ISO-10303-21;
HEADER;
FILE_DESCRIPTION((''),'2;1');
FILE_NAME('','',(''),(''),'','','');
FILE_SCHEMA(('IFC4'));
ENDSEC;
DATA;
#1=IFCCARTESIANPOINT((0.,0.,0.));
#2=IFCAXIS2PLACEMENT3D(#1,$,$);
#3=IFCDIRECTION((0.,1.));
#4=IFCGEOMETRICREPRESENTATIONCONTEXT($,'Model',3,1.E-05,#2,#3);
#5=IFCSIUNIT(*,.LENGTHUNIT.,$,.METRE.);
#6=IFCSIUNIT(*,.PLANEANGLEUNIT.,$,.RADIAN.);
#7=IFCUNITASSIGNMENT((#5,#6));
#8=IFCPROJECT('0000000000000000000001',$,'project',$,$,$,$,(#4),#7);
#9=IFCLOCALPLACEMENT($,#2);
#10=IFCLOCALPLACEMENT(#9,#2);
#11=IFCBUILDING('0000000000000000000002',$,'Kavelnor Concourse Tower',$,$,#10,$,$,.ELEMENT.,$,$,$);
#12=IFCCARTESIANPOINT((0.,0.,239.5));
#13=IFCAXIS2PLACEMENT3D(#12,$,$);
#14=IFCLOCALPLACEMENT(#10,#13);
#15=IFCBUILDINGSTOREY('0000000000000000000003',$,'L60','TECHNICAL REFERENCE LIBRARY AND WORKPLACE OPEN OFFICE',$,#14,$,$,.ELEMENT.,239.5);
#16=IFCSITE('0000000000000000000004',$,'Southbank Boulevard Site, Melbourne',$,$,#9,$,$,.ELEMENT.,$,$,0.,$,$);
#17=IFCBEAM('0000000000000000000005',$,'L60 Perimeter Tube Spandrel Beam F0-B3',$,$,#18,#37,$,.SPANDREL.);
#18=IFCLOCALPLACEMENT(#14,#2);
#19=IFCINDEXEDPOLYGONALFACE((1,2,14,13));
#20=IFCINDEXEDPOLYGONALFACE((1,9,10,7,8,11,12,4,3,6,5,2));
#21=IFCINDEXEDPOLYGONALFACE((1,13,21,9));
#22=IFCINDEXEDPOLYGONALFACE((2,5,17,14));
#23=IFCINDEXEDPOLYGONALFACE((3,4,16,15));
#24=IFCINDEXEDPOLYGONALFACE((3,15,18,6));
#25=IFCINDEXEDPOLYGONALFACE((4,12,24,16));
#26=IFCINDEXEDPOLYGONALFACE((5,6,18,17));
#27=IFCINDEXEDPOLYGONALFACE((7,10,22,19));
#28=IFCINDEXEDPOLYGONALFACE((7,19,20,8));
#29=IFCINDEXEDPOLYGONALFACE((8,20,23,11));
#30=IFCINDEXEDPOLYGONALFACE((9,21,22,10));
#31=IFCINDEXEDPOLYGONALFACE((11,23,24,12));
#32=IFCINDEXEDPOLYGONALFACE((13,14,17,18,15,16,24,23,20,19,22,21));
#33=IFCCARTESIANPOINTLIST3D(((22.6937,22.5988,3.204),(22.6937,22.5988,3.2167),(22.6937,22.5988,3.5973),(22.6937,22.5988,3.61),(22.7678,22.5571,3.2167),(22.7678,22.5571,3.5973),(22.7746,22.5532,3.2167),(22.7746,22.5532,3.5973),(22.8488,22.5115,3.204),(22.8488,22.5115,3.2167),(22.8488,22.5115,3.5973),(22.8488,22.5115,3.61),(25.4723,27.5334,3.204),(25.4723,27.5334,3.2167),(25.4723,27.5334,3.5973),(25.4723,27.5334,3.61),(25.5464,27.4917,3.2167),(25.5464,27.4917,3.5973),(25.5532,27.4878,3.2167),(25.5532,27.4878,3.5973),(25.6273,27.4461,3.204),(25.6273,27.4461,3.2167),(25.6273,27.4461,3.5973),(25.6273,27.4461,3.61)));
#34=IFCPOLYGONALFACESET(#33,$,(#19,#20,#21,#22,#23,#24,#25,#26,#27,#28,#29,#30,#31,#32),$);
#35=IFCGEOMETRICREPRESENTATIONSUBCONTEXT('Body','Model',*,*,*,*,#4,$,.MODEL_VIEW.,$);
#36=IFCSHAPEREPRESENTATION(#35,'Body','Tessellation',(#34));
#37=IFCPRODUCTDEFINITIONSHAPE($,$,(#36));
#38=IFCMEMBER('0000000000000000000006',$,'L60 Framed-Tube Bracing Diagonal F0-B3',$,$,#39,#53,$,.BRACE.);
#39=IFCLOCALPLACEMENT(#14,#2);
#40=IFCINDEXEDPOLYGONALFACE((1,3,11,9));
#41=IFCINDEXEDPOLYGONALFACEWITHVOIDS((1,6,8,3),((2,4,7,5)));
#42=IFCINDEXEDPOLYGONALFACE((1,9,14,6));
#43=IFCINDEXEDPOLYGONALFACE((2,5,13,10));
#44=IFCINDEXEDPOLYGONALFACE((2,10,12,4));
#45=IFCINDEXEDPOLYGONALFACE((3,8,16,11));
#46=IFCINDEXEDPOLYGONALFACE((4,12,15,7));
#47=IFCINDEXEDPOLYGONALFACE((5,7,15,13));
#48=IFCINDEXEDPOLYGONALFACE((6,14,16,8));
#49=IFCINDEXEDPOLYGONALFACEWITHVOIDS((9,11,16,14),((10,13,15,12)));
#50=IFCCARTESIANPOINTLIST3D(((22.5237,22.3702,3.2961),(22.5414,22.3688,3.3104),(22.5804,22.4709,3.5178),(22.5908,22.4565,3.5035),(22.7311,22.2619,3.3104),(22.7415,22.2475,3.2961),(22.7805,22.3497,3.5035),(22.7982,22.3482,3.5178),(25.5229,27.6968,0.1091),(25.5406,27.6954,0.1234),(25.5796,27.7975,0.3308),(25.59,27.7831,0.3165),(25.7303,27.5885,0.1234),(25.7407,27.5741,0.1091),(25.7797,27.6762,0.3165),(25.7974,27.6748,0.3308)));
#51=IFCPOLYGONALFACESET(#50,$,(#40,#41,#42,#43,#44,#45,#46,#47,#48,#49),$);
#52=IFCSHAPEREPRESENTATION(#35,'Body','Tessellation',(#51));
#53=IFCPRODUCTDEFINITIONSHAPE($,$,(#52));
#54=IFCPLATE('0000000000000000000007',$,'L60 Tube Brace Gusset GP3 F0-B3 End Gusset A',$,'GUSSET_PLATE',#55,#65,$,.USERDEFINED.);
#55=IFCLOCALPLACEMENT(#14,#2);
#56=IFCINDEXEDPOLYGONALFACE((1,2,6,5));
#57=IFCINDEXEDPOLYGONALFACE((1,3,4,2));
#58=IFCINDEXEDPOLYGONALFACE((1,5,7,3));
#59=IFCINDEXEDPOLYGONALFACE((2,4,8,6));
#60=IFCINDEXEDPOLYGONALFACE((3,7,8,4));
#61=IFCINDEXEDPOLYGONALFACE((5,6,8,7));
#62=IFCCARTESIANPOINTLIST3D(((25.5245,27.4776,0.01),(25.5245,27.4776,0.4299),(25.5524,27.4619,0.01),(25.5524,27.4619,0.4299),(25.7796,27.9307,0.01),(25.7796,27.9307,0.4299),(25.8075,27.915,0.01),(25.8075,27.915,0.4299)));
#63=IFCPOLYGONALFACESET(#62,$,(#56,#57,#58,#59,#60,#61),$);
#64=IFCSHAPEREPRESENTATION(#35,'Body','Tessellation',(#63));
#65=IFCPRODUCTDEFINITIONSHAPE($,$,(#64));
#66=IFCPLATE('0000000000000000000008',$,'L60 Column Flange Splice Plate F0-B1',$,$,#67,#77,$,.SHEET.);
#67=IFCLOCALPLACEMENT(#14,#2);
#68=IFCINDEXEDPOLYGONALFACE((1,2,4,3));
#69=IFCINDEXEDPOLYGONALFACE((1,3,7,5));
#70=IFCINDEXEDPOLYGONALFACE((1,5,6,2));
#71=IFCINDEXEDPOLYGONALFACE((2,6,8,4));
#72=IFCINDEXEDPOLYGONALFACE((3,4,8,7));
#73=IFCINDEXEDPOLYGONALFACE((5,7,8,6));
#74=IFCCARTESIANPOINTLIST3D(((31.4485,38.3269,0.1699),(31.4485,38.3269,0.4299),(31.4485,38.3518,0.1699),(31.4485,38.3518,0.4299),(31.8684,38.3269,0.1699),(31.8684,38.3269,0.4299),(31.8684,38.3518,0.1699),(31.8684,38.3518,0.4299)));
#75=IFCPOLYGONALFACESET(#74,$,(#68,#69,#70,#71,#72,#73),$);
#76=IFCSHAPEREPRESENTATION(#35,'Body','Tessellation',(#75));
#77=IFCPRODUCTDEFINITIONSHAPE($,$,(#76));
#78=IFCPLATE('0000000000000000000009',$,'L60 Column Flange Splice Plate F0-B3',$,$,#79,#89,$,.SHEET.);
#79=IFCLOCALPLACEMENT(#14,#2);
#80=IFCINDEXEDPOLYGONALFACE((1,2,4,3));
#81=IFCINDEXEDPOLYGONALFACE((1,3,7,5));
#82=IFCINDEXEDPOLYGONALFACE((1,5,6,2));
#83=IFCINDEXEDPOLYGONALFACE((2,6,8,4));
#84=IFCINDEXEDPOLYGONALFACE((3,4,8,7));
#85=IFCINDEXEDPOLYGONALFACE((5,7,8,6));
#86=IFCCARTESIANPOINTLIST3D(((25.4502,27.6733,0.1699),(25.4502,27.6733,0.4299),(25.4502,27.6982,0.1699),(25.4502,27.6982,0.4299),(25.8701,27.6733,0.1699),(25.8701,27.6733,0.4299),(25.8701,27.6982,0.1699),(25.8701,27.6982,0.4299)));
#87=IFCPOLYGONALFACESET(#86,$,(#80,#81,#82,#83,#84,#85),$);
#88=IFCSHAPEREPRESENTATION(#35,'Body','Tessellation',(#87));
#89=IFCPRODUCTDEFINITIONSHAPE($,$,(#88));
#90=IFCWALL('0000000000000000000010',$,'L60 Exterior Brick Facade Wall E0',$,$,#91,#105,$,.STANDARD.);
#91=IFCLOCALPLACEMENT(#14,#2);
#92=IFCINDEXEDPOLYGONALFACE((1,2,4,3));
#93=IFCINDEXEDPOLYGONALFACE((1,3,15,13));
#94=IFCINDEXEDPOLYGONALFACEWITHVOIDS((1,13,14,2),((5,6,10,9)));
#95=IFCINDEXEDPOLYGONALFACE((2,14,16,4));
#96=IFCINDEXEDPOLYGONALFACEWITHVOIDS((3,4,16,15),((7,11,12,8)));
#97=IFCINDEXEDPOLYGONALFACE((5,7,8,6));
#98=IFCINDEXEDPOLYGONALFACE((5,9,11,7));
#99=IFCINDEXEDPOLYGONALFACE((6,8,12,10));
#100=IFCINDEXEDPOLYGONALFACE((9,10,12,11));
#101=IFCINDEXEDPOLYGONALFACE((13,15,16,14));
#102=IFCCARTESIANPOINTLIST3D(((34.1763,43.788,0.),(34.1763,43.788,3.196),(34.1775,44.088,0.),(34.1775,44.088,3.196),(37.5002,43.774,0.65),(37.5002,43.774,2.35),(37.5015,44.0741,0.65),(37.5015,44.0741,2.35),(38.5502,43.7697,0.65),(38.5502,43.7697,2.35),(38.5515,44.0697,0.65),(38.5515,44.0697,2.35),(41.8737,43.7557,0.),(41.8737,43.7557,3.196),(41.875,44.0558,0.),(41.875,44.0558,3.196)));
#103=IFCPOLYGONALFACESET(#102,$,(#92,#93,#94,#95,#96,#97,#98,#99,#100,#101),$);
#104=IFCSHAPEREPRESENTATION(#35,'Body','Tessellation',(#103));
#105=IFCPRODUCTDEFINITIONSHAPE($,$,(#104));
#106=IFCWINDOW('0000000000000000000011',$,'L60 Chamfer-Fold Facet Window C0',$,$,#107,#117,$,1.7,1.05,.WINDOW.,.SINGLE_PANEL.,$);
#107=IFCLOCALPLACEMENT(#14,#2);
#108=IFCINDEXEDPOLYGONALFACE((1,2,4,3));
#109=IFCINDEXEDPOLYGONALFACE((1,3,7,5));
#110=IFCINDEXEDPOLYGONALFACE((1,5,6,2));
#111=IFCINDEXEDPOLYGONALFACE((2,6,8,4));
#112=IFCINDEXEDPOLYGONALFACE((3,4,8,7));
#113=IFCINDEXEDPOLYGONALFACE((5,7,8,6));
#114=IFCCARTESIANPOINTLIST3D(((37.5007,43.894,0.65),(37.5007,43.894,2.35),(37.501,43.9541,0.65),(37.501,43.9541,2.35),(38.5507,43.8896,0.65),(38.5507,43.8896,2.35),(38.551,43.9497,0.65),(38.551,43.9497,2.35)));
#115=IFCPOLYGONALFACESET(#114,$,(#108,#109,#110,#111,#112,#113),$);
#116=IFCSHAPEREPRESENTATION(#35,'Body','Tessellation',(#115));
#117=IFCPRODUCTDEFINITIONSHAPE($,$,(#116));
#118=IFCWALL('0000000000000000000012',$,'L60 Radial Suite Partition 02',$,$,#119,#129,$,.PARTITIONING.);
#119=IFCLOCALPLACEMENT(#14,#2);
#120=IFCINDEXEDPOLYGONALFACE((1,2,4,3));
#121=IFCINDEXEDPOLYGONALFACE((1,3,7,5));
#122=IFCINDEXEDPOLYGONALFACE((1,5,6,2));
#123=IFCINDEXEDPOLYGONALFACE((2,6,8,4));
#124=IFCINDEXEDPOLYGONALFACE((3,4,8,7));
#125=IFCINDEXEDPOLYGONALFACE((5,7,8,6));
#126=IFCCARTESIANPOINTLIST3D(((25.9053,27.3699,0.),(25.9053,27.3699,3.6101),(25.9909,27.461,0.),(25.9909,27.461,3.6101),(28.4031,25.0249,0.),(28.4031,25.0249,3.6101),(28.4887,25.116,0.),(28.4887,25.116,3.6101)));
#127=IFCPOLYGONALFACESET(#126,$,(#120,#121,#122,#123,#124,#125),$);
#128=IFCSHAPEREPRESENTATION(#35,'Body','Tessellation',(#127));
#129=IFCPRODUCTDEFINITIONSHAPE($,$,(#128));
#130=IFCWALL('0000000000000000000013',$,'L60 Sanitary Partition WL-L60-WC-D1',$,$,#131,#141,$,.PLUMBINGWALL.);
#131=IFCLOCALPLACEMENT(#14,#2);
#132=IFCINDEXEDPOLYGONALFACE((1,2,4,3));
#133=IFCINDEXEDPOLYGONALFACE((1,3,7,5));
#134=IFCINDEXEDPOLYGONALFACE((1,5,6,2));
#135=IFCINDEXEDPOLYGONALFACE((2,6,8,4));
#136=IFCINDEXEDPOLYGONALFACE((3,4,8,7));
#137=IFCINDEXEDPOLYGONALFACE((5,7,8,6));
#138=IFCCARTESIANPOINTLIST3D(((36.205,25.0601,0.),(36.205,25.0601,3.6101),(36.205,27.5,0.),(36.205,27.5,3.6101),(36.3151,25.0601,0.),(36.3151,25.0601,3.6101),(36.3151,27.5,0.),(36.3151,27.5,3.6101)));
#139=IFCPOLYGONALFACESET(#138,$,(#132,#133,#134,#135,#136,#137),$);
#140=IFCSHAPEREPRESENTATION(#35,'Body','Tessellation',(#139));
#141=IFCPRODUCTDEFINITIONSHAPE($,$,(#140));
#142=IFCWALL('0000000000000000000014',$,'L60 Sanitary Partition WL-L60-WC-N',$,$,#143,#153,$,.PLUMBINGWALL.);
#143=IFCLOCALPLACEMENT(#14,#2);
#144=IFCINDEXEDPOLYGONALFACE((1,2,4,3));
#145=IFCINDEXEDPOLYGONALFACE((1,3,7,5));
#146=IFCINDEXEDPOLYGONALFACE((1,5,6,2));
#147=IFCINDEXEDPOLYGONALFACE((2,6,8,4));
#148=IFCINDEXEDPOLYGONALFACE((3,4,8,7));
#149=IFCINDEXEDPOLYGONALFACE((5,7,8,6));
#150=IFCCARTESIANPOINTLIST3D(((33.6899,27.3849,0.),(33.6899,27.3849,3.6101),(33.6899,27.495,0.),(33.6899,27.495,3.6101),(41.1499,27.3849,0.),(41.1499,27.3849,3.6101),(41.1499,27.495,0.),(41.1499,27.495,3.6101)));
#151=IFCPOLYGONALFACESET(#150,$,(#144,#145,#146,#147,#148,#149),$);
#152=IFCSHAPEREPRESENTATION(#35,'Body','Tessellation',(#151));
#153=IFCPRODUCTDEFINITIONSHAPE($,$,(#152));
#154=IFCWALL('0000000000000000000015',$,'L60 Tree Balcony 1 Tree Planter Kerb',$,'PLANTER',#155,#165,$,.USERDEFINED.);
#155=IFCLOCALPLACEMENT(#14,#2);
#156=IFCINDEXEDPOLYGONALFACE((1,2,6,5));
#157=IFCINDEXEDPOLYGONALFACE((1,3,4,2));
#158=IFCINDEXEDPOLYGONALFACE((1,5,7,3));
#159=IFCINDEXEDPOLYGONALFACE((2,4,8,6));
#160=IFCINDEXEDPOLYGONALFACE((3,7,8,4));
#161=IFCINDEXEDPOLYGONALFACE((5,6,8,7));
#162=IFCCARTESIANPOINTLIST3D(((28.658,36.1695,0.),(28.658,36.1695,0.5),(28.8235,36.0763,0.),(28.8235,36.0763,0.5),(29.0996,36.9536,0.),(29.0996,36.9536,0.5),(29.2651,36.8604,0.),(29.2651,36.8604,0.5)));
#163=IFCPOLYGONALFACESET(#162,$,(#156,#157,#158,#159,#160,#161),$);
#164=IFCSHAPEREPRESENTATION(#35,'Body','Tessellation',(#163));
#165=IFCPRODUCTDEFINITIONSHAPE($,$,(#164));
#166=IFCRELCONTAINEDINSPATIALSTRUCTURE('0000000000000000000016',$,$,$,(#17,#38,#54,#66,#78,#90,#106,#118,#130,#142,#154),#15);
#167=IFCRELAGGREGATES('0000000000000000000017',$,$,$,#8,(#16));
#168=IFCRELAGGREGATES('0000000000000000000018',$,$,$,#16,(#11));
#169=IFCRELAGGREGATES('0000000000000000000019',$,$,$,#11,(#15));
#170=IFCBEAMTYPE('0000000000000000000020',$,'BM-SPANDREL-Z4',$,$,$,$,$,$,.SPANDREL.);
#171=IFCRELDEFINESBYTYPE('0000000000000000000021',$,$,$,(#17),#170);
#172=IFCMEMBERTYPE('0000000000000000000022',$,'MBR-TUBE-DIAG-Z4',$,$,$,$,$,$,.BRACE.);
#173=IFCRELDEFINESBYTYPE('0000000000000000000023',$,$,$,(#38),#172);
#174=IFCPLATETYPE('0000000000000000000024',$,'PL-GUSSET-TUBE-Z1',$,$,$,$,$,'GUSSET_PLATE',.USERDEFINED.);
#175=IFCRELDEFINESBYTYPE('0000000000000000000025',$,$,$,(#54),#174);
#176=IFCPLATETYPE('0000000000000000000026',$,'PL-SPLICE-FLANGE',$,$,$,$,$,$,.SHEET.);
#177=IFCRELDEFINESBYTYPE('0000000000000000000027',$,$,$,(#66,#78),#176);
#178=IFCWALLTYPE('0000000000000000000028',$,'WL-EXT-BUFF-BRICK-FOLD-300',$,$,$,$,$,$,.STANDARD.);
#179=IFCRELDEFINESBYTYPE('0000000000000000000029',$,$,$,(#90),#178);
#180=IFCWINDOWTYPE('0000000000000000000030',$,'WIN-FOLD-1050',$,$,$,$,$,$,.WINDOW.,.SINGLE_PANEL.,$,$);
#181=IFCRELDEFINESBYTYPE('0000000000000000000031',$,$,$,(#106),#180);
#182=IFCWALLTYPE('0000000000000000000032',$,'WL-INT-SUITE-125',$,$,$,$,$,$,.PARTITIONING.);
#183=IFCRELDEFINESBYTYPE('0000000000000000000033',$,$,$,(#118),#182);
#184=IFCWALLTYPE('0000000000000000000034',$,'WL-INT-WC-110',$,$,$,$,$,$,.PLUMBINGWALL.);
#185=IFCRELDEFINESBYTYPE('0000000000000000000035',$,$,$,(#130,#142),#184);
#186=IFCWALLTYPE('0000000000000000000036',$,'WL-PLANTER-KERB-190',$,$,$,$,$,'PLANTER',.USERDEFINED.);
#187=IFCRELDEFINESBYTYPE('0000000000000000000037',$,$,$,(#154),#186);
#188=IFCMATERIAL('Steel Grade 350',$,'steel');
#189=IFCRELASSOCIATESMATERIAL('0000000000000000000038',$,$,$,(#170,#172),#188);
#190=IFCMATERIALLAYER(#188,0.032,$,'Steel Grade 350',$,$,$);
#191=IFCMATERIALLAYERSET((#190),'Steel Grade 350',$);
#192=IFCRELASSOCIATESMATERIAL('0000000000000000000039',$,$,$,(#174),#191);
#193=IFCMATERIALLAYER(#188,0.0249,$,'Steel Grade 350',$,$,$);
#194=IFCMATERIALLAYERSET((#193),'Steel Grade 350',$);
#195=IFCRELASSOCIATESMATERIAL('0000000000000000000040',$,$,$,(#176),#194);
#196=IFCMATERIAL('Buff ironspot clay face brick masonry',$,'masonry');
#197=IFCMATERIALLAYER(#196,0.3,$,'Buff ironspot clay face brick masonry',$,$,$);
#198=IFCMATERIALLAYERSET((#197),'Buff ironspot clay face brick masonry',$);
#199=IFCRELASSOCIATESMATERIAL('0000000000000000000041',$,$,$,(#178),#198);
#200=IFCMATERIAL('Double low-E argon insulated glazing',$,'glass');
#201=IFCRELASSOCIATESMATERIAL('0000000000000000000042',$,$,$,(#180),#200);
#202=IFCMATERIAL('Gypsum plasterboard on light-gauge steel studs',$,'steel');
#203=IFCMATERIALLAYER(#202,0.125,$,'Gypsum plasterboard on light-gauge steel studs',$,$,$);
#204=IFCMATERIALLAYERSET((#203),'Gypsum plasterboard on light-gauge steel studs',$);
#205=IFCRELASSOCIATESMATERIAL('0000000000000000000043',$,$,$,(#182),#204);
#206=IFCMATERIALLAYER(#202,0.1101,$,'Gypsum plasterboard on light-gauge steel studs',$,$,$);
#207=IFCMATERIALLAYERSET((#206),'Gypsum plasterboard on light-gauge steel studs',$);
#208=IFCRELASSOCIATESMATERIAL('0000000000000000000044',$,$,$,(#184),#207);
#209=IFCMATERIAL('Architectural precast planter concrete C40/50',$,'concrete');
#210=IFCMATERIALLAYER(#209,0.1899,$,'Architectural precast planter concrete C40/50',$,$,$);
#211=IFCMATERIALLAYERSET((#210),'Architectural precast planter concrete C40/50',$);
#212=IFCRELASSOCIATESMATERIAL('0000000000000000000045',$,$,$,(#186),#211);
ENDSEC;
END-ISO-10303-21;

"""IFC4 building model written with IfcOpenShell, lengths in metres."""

from ifc_helpers import new_model, si_unit, direction, frame, frame_2d, origin, origin_2d, place, context, subcontext, project, spatial, rectangle, hollow_rectangle, i_section, extrude, material, layer, layer_set, material_profile, profile_set, type_object, element, fill, save


model = new_model("IFC4")

# Units and contexts
model_context = context("Model", 3, precision=1e-05, world=origin(), true_north=direction((0.0, 1.0)))
body_context = subcontext(model_context, "Body", "Model", "MODEL_VIEW")
ifc_project = project(units=[si_unit("LENGTHUNIT", "METRE"), si_unit("PLANEANGLEUNIT", "RADIAN")], contexts=[model_context])

# Site, building, storey
site_placement = place(None, origin())
site = spatial("IfcSite", under=ifc_project, at=site_placement, Name="Southbank Boulevard Site, Melbourne", CompositionType="ELEMENT", RefElevation=0.0)
building_placement = place(site_placement, origin())
building = spatial("IfcBuilding", under=site, at=building_placement, Name="Kavelnor Concourse Tower", CompositionType="ELEMENT")
storey_placement = place(building_placement, frame((0.0, 0.0, 239.5)))
storey = spatial("IfcBuildingStorey", under=building, at=storey_placement, Name="L60", Description="TECHNICAL REFERENCE LIBRARY AND WORKPLACE OPEN OFFICE", CompositionType="ELEMENT", Elevation=239.5)

# Shared definitions
ifc_material_1 = material(Name="Steel Grade 350", Category="steel")

# Beam
ifc_material_profile_1 = material_profile(ifc_material_1, i_section(OverallWidth=0.178, OverallDepth=0.406, WebThickness=0.0078, FlangeThickness=0.0127, at=origin_2d()), Name="410UB59")
ifc_profile_set_1 = profile_set([ifc_material_profile_1], Name="Steel Grade 350")
beam_type_1 = type_object("IfcBeamType", Name="BM-SPANDREL-Z4", PredefinedType="SPANDREL", material=ifc_profile_set_1)
beam_1_placement = place(storey_placement, frame((25.5498, 27.4897, 3.407), z_axis=(-0.490646, -0.871359, 0.0), x_axis=(0.871359, -0.490646, 0.0)))
element("IfcBeam", 1, at=beam_1_placement, inside=storey, type_object=beam_type_1, Name="L60 Perimeter Tube Spandrel Beam F0-B3", PredefinedType="SPANDREL", context=body_context, shape_type="SweptSolid", body=[
    extrude(i_section(OverallWidth=0.178, OverallDepth=0.406, WebThickness=0.0078, FlangeThickness=0.0127, at=origin_2d()), origin(), (0.0, 0.0, 1.0), 5.6631),
])

# Member
ifc_material_profile_2 = material_profile(ifc_material_1, hollow_rectangle(XDim=0.25, YDim=0.25, WallThickness=0.0161, at=origin_2d()), Name="SHS 250x250x16")
ifc_profile_set_2 = profile_set([ifc_material_profile_2], Name="Steel Grade 350")
member_type = type_object("IfcMemberType", Name="MBR-TUBE-DIAG-Z4", PredefinedType="BRACE", material=ifc_profile_set_2)
member_placement = place(storey_placement, frame((25.6602, 27.6858, 0.22), z_axis=(-0.435061, -0.772662, 0.462294), x_axis=(0.871364, -0.490637, 0.0)))
element("IfcMember", 2, at=member_placement, inside=storey, type_object=member_type, Name="L60 Framed-Tube Bracing Diagonal F0-B3", PredefinedType="BRACE", context=body_context, shape_type="SweptSolid", body=[
    extrude(hollow_rectangle(XDim=0.25, YDim=0.25, WallThickness=0.0161, at=origin_2d()), origin(), (0.0, 0.0, 1.0), 6.8938),
])

# Plates
ifc_layer_1 = layer(ifc_material_1, 0.032, Name="Steel Grade 350")
ifc_layer_set_1 = layer_set([ifc_layer_1], Name="Steel Grade 350")
plate_type_1 = type_object("IfcPlateType", Name="PL-GUSSET-TUBE-Z1", ElementType="GUSSET_PLATE", PredefinedType="USERDEFINED", material=ifc_layer_set_1)
plate_placement = place(storey_placement, frame((25.666, 27.6963, 0.01), z_axis=(0.0, 0.0, 1.0), x_axis=(-0.4906, -0.871385, 0.0)))
element("IfcPlate", 3, at=plate_placement, inside=storey, type_object=plate_type_1, Name="L60 Tube Brace Gusset GP3 F0-B3 End Gusset A", ObjectType="GUSSET_PLATE", PredefinedType="USERDEFINED", context=body_context, shape_type="SweptSolid", body=[
    extrude(rectangle(XDim=0.52, YDim=0.032, at=origin_2d()), origin(), (0.0, 0.0, 1.0), 0.4199),
])
ifc_layer_2 = layer(ifc_material_1, 0.0249, Name="Steel Grade 350")
ifc_layer_set_2 = layer_set([ifc_layer_2], Name="Steel Grade 350")
plate_type_2 = type_object("IfcPlateType", Name="PL-SPLICE-FLANGE", PredefinedType="SHEET", material=ifc_layer_set_2)
for number, where, z_axis, x_axis, name in (
    (4, (31.6584, 38.3394, 0.1699), (0.0, 0.0, 1.0), (1.0, 0.0, 0.0), "L60 Column Flange Splice Plate F0-B1"),
    (5, (25.6602, 27.6858, 0.1699), (0.0, 0.0, 1.0), (1.0, 0.0, 0.0), "L60 Column Flange Splice Plate F0-B3"),
):
    element("IfcPlate", number, at=place(storey_placement, frame(where, z_axis=z_axis, x_axis=x_axis)), inside=storey, type_object=plate_type_2, Name=name, PredefinedType="SHEET", context=body_context, shape_type="SweptSolid", body=[
        extrude(rectangle(XDim=0.4199, YDim=0.0249, at=origin_2d()), origin(), (0.0, 0.0, 1.0), 0.26),
    ])

# Wall, opening, window
ifc_material_2 = material(Name="Buff ironspot clay face brick masonry", Category="masonry")
ifc_layer_3 = layer(ifc_material_2, 0.3, Name="Buff ironspot clay face brick masonry")
ifc_layer_set_3 = layer_set([ifc_layer_3], Name="Buff ironspot clay face brick masonry")
wall_type_1 = type_object("IfcWallType", Name="WL-EXT-BUFF-BRICK-FOLD-300", PredefinedType="STANDARD", material=ifc_layer_set_3)
wall_1_placement = place(storey_placement, frame((34.177, 43.938, 0.0), z_axis=(0.0, 0.0, 1.0), x_axis=(0.999991, -0.004187, 0.0)))
wall_1 = element("IfcWall", 6, at=wall_1_placement, inside=storey, type_object=wall_type_1, Name="L60 Exterior Brick Facade Wall E0", PredefinedType="STANDARD", context=body_context, shape_type="SweptSolid", body=[
    extrude(rectangle(XDim=7.6975, YDim=0.3, at=frame_2d((3.8486, 0.0))), origin(), (0.0, 0.0, 1.0), 3.196),
])
opening_placement = place(wall_1_placement, frame((3.324, 0.0, 0.6499)))
opening = element("IfcOpeningElement", 7, at=opening_placement, cuts=wall_1, PredefinedType="OPENING", context=body_context, shape_type="SweptSolid", body=[
    extrude(rectangle(XDim=1.05, YDim=1.7, at=frame_2d((0.5249, 0.8501))), frame((0.0, 0.1602, 0.0), z_axis=(0.0, -1.0, 0.0), x_axis=(1.0, 0.0, 0.0)), (0.0, 0.0, 1.0), 0.3201),
])
ifc_material_3 = material(Name="Double low-E argon insulated glazing", Category="glass")
window_type = type_object("IfcWindowType", Name="WIN-FOLD-1050", PartitioningType="SINGLE_PANEL", PredefinedType="WINDOW", material=ifc_material_3)
window_placement = place(opening_placement, origin())
window = element("IfcWindow", 8, at=window_placement, inside=storey, type_object=window_type, Name="L60 Chamfer-Fold Facet Window C0", OverallHeight=1.7, OverallWidth=1.05, PartitioningType="SINGLE_PANEL", PredefinedType="WINDOW", context=body_context, shape_type="SweptSolid", body=[
    extrude(rectangle(XDim=1.05, YDim=1.7, at=frame_2d((0.5249, 0.8501))), frame((0.0, 0.03, 0.0), z_axis=(0.0, -1.0, 0.0), x_axis=(1.0, 0.0, 0.0)), (0.0, 0.0, 1.0), 0.0601),
])
fill(opening, window)

# Walls
ifc_material_4 = material(Name="Gypsum plasterboard on light-gauge steel studs", Category="steel")
ifc_layer_4 = layer(ifc_material_4, 0.125, Name="Gypsum plasterboard on light-gauge steel studs")
ifc_layer_set_4 = layer_set([ifc_layer_4], Name="Gypsum plasterboard on light-gauge steel studs")
wall_type_2 = type_object("IfcWallType", Name="WL-INT-SUITE-125", PredefinedType="PARTITIONING", material=ifc_layer_set_4)
wall_2_placement = place(storey_placement, frame((28.4458, 25.0706, 0.0), z_axis=(0.0, 0.0, 1.0), x_axis=(-0.729059, 0.684451, 0.0)))
element("IfcWall", 9, at=wall_2_placement, inside=storey, type_object=wall_type_2, Name="L60 Radial Suite Partition 02", PredefinedType="PARTITIONING", context=body_context, shape_type="SweptSolid", body=[
    extrude(rectangle(XDim=3.426, YDim=0.125, at=frame_2d((1.7129, 0.0))), origin(), (0.0, 0.0, 1.0), 3.6101),
])
ifc_layer_5 = layer(ifc_material_4, 0.1101, Name="Gypsum plasterboard on light-gauge steel studs")
ifc_layer_set_5 = layer_set([ifc_layer_5], Name="Gypsum plasterboard on light-gauge steel studs")
wall_type_3 = type_object("IfcWallType", Name="WL-INT-WC-110", PredefinedType="PLUMBINGWALL", material=ifc_layer_set_5)
wall_3_placement = place(storey_placement, frame((36.26, 25.0601, 0.0), z_axis=(0.0, 0.0, 1.0), x_axis=(0.0, 1.0, 0.0)))
element("IfcWall", 10, at=wall_3_placement, inside=storey, type_object=wall_type_3, Name="L60 Sanitary Partition WL-L60-WC-D1", PredefinedType="PLUMBINGWALL", context=body_context, shape_type="SweptSolid", body=[
    extrude(rectangle(XDim=2.4399, YDim=0.1101, at=frame_2d((1.22, 0.0))), origin(), (0.0, 0.0, 1.0), 3.6101),
])
wall_4_placement = place(storey_placement, frame((33.6899, 27.4399, 0.0), z_axis=(0.0, 0.0, 1.0), x_axis=(1.0, 0.0, 0.0)))
element("IfcWall", 11, at=wall_4_placement, inside=storey, type_object=wall_type_3, Name="L60 Sanitary Partition WL-L60-WC-N", PredefinedType="PLUMBINGWALL", context=body_context, shape_type="SweptSolid", body=[
    extrude(rectangle(XDim=7.46, YDim=0.1101, at=frame_2d((3.73, 0.0))), origin(), (0.0, 0.0, 1.0), 3.6101),
])
ifc_material_5 = material(Name="Architectural precast planter concrete C40/50", Category="concrete")
ifc_layer_6 = layer(ifc_material_5, 0.1899, Name="Architectural precast planter concrete C40/50")
ifc_layer_set_6 = layer_set([ifc_layer_6], Name="Architectural precast planter concrete C40/50")
wall_type_4 = type_object("IfcWallType", Name="WL-PLANTER-KERB-190", ElementType="PLANTER", PredefinedType="USERDEFINED", material=ifc_layer_set_6)
wall_5_placement = place(storey_placement, frame((29.1824, 36.907, 0.0), z_axis=(0.0, 0.0, 1.0), x_axis=(-0.490725, -0.871315, 0.0)))
element("IfcWall", 12, at=wall_5_placement, inside=storey, type_object=wall_type_4, Name="L60 Tree Balcony 1 Tree Planter Kerb", ObjectType="PLANTER", PredefinedType="USERDEFINED", context=body_context, shape_type="SweptSolid", body=[
    extrude(rectangle(XDim=0.8999, YDim=0.1899, at=frame_2d((0.45, 0.0))), origin(), (0.0, 0.0, 1.0), 0.5),
])

save(model, "model.ifc")
